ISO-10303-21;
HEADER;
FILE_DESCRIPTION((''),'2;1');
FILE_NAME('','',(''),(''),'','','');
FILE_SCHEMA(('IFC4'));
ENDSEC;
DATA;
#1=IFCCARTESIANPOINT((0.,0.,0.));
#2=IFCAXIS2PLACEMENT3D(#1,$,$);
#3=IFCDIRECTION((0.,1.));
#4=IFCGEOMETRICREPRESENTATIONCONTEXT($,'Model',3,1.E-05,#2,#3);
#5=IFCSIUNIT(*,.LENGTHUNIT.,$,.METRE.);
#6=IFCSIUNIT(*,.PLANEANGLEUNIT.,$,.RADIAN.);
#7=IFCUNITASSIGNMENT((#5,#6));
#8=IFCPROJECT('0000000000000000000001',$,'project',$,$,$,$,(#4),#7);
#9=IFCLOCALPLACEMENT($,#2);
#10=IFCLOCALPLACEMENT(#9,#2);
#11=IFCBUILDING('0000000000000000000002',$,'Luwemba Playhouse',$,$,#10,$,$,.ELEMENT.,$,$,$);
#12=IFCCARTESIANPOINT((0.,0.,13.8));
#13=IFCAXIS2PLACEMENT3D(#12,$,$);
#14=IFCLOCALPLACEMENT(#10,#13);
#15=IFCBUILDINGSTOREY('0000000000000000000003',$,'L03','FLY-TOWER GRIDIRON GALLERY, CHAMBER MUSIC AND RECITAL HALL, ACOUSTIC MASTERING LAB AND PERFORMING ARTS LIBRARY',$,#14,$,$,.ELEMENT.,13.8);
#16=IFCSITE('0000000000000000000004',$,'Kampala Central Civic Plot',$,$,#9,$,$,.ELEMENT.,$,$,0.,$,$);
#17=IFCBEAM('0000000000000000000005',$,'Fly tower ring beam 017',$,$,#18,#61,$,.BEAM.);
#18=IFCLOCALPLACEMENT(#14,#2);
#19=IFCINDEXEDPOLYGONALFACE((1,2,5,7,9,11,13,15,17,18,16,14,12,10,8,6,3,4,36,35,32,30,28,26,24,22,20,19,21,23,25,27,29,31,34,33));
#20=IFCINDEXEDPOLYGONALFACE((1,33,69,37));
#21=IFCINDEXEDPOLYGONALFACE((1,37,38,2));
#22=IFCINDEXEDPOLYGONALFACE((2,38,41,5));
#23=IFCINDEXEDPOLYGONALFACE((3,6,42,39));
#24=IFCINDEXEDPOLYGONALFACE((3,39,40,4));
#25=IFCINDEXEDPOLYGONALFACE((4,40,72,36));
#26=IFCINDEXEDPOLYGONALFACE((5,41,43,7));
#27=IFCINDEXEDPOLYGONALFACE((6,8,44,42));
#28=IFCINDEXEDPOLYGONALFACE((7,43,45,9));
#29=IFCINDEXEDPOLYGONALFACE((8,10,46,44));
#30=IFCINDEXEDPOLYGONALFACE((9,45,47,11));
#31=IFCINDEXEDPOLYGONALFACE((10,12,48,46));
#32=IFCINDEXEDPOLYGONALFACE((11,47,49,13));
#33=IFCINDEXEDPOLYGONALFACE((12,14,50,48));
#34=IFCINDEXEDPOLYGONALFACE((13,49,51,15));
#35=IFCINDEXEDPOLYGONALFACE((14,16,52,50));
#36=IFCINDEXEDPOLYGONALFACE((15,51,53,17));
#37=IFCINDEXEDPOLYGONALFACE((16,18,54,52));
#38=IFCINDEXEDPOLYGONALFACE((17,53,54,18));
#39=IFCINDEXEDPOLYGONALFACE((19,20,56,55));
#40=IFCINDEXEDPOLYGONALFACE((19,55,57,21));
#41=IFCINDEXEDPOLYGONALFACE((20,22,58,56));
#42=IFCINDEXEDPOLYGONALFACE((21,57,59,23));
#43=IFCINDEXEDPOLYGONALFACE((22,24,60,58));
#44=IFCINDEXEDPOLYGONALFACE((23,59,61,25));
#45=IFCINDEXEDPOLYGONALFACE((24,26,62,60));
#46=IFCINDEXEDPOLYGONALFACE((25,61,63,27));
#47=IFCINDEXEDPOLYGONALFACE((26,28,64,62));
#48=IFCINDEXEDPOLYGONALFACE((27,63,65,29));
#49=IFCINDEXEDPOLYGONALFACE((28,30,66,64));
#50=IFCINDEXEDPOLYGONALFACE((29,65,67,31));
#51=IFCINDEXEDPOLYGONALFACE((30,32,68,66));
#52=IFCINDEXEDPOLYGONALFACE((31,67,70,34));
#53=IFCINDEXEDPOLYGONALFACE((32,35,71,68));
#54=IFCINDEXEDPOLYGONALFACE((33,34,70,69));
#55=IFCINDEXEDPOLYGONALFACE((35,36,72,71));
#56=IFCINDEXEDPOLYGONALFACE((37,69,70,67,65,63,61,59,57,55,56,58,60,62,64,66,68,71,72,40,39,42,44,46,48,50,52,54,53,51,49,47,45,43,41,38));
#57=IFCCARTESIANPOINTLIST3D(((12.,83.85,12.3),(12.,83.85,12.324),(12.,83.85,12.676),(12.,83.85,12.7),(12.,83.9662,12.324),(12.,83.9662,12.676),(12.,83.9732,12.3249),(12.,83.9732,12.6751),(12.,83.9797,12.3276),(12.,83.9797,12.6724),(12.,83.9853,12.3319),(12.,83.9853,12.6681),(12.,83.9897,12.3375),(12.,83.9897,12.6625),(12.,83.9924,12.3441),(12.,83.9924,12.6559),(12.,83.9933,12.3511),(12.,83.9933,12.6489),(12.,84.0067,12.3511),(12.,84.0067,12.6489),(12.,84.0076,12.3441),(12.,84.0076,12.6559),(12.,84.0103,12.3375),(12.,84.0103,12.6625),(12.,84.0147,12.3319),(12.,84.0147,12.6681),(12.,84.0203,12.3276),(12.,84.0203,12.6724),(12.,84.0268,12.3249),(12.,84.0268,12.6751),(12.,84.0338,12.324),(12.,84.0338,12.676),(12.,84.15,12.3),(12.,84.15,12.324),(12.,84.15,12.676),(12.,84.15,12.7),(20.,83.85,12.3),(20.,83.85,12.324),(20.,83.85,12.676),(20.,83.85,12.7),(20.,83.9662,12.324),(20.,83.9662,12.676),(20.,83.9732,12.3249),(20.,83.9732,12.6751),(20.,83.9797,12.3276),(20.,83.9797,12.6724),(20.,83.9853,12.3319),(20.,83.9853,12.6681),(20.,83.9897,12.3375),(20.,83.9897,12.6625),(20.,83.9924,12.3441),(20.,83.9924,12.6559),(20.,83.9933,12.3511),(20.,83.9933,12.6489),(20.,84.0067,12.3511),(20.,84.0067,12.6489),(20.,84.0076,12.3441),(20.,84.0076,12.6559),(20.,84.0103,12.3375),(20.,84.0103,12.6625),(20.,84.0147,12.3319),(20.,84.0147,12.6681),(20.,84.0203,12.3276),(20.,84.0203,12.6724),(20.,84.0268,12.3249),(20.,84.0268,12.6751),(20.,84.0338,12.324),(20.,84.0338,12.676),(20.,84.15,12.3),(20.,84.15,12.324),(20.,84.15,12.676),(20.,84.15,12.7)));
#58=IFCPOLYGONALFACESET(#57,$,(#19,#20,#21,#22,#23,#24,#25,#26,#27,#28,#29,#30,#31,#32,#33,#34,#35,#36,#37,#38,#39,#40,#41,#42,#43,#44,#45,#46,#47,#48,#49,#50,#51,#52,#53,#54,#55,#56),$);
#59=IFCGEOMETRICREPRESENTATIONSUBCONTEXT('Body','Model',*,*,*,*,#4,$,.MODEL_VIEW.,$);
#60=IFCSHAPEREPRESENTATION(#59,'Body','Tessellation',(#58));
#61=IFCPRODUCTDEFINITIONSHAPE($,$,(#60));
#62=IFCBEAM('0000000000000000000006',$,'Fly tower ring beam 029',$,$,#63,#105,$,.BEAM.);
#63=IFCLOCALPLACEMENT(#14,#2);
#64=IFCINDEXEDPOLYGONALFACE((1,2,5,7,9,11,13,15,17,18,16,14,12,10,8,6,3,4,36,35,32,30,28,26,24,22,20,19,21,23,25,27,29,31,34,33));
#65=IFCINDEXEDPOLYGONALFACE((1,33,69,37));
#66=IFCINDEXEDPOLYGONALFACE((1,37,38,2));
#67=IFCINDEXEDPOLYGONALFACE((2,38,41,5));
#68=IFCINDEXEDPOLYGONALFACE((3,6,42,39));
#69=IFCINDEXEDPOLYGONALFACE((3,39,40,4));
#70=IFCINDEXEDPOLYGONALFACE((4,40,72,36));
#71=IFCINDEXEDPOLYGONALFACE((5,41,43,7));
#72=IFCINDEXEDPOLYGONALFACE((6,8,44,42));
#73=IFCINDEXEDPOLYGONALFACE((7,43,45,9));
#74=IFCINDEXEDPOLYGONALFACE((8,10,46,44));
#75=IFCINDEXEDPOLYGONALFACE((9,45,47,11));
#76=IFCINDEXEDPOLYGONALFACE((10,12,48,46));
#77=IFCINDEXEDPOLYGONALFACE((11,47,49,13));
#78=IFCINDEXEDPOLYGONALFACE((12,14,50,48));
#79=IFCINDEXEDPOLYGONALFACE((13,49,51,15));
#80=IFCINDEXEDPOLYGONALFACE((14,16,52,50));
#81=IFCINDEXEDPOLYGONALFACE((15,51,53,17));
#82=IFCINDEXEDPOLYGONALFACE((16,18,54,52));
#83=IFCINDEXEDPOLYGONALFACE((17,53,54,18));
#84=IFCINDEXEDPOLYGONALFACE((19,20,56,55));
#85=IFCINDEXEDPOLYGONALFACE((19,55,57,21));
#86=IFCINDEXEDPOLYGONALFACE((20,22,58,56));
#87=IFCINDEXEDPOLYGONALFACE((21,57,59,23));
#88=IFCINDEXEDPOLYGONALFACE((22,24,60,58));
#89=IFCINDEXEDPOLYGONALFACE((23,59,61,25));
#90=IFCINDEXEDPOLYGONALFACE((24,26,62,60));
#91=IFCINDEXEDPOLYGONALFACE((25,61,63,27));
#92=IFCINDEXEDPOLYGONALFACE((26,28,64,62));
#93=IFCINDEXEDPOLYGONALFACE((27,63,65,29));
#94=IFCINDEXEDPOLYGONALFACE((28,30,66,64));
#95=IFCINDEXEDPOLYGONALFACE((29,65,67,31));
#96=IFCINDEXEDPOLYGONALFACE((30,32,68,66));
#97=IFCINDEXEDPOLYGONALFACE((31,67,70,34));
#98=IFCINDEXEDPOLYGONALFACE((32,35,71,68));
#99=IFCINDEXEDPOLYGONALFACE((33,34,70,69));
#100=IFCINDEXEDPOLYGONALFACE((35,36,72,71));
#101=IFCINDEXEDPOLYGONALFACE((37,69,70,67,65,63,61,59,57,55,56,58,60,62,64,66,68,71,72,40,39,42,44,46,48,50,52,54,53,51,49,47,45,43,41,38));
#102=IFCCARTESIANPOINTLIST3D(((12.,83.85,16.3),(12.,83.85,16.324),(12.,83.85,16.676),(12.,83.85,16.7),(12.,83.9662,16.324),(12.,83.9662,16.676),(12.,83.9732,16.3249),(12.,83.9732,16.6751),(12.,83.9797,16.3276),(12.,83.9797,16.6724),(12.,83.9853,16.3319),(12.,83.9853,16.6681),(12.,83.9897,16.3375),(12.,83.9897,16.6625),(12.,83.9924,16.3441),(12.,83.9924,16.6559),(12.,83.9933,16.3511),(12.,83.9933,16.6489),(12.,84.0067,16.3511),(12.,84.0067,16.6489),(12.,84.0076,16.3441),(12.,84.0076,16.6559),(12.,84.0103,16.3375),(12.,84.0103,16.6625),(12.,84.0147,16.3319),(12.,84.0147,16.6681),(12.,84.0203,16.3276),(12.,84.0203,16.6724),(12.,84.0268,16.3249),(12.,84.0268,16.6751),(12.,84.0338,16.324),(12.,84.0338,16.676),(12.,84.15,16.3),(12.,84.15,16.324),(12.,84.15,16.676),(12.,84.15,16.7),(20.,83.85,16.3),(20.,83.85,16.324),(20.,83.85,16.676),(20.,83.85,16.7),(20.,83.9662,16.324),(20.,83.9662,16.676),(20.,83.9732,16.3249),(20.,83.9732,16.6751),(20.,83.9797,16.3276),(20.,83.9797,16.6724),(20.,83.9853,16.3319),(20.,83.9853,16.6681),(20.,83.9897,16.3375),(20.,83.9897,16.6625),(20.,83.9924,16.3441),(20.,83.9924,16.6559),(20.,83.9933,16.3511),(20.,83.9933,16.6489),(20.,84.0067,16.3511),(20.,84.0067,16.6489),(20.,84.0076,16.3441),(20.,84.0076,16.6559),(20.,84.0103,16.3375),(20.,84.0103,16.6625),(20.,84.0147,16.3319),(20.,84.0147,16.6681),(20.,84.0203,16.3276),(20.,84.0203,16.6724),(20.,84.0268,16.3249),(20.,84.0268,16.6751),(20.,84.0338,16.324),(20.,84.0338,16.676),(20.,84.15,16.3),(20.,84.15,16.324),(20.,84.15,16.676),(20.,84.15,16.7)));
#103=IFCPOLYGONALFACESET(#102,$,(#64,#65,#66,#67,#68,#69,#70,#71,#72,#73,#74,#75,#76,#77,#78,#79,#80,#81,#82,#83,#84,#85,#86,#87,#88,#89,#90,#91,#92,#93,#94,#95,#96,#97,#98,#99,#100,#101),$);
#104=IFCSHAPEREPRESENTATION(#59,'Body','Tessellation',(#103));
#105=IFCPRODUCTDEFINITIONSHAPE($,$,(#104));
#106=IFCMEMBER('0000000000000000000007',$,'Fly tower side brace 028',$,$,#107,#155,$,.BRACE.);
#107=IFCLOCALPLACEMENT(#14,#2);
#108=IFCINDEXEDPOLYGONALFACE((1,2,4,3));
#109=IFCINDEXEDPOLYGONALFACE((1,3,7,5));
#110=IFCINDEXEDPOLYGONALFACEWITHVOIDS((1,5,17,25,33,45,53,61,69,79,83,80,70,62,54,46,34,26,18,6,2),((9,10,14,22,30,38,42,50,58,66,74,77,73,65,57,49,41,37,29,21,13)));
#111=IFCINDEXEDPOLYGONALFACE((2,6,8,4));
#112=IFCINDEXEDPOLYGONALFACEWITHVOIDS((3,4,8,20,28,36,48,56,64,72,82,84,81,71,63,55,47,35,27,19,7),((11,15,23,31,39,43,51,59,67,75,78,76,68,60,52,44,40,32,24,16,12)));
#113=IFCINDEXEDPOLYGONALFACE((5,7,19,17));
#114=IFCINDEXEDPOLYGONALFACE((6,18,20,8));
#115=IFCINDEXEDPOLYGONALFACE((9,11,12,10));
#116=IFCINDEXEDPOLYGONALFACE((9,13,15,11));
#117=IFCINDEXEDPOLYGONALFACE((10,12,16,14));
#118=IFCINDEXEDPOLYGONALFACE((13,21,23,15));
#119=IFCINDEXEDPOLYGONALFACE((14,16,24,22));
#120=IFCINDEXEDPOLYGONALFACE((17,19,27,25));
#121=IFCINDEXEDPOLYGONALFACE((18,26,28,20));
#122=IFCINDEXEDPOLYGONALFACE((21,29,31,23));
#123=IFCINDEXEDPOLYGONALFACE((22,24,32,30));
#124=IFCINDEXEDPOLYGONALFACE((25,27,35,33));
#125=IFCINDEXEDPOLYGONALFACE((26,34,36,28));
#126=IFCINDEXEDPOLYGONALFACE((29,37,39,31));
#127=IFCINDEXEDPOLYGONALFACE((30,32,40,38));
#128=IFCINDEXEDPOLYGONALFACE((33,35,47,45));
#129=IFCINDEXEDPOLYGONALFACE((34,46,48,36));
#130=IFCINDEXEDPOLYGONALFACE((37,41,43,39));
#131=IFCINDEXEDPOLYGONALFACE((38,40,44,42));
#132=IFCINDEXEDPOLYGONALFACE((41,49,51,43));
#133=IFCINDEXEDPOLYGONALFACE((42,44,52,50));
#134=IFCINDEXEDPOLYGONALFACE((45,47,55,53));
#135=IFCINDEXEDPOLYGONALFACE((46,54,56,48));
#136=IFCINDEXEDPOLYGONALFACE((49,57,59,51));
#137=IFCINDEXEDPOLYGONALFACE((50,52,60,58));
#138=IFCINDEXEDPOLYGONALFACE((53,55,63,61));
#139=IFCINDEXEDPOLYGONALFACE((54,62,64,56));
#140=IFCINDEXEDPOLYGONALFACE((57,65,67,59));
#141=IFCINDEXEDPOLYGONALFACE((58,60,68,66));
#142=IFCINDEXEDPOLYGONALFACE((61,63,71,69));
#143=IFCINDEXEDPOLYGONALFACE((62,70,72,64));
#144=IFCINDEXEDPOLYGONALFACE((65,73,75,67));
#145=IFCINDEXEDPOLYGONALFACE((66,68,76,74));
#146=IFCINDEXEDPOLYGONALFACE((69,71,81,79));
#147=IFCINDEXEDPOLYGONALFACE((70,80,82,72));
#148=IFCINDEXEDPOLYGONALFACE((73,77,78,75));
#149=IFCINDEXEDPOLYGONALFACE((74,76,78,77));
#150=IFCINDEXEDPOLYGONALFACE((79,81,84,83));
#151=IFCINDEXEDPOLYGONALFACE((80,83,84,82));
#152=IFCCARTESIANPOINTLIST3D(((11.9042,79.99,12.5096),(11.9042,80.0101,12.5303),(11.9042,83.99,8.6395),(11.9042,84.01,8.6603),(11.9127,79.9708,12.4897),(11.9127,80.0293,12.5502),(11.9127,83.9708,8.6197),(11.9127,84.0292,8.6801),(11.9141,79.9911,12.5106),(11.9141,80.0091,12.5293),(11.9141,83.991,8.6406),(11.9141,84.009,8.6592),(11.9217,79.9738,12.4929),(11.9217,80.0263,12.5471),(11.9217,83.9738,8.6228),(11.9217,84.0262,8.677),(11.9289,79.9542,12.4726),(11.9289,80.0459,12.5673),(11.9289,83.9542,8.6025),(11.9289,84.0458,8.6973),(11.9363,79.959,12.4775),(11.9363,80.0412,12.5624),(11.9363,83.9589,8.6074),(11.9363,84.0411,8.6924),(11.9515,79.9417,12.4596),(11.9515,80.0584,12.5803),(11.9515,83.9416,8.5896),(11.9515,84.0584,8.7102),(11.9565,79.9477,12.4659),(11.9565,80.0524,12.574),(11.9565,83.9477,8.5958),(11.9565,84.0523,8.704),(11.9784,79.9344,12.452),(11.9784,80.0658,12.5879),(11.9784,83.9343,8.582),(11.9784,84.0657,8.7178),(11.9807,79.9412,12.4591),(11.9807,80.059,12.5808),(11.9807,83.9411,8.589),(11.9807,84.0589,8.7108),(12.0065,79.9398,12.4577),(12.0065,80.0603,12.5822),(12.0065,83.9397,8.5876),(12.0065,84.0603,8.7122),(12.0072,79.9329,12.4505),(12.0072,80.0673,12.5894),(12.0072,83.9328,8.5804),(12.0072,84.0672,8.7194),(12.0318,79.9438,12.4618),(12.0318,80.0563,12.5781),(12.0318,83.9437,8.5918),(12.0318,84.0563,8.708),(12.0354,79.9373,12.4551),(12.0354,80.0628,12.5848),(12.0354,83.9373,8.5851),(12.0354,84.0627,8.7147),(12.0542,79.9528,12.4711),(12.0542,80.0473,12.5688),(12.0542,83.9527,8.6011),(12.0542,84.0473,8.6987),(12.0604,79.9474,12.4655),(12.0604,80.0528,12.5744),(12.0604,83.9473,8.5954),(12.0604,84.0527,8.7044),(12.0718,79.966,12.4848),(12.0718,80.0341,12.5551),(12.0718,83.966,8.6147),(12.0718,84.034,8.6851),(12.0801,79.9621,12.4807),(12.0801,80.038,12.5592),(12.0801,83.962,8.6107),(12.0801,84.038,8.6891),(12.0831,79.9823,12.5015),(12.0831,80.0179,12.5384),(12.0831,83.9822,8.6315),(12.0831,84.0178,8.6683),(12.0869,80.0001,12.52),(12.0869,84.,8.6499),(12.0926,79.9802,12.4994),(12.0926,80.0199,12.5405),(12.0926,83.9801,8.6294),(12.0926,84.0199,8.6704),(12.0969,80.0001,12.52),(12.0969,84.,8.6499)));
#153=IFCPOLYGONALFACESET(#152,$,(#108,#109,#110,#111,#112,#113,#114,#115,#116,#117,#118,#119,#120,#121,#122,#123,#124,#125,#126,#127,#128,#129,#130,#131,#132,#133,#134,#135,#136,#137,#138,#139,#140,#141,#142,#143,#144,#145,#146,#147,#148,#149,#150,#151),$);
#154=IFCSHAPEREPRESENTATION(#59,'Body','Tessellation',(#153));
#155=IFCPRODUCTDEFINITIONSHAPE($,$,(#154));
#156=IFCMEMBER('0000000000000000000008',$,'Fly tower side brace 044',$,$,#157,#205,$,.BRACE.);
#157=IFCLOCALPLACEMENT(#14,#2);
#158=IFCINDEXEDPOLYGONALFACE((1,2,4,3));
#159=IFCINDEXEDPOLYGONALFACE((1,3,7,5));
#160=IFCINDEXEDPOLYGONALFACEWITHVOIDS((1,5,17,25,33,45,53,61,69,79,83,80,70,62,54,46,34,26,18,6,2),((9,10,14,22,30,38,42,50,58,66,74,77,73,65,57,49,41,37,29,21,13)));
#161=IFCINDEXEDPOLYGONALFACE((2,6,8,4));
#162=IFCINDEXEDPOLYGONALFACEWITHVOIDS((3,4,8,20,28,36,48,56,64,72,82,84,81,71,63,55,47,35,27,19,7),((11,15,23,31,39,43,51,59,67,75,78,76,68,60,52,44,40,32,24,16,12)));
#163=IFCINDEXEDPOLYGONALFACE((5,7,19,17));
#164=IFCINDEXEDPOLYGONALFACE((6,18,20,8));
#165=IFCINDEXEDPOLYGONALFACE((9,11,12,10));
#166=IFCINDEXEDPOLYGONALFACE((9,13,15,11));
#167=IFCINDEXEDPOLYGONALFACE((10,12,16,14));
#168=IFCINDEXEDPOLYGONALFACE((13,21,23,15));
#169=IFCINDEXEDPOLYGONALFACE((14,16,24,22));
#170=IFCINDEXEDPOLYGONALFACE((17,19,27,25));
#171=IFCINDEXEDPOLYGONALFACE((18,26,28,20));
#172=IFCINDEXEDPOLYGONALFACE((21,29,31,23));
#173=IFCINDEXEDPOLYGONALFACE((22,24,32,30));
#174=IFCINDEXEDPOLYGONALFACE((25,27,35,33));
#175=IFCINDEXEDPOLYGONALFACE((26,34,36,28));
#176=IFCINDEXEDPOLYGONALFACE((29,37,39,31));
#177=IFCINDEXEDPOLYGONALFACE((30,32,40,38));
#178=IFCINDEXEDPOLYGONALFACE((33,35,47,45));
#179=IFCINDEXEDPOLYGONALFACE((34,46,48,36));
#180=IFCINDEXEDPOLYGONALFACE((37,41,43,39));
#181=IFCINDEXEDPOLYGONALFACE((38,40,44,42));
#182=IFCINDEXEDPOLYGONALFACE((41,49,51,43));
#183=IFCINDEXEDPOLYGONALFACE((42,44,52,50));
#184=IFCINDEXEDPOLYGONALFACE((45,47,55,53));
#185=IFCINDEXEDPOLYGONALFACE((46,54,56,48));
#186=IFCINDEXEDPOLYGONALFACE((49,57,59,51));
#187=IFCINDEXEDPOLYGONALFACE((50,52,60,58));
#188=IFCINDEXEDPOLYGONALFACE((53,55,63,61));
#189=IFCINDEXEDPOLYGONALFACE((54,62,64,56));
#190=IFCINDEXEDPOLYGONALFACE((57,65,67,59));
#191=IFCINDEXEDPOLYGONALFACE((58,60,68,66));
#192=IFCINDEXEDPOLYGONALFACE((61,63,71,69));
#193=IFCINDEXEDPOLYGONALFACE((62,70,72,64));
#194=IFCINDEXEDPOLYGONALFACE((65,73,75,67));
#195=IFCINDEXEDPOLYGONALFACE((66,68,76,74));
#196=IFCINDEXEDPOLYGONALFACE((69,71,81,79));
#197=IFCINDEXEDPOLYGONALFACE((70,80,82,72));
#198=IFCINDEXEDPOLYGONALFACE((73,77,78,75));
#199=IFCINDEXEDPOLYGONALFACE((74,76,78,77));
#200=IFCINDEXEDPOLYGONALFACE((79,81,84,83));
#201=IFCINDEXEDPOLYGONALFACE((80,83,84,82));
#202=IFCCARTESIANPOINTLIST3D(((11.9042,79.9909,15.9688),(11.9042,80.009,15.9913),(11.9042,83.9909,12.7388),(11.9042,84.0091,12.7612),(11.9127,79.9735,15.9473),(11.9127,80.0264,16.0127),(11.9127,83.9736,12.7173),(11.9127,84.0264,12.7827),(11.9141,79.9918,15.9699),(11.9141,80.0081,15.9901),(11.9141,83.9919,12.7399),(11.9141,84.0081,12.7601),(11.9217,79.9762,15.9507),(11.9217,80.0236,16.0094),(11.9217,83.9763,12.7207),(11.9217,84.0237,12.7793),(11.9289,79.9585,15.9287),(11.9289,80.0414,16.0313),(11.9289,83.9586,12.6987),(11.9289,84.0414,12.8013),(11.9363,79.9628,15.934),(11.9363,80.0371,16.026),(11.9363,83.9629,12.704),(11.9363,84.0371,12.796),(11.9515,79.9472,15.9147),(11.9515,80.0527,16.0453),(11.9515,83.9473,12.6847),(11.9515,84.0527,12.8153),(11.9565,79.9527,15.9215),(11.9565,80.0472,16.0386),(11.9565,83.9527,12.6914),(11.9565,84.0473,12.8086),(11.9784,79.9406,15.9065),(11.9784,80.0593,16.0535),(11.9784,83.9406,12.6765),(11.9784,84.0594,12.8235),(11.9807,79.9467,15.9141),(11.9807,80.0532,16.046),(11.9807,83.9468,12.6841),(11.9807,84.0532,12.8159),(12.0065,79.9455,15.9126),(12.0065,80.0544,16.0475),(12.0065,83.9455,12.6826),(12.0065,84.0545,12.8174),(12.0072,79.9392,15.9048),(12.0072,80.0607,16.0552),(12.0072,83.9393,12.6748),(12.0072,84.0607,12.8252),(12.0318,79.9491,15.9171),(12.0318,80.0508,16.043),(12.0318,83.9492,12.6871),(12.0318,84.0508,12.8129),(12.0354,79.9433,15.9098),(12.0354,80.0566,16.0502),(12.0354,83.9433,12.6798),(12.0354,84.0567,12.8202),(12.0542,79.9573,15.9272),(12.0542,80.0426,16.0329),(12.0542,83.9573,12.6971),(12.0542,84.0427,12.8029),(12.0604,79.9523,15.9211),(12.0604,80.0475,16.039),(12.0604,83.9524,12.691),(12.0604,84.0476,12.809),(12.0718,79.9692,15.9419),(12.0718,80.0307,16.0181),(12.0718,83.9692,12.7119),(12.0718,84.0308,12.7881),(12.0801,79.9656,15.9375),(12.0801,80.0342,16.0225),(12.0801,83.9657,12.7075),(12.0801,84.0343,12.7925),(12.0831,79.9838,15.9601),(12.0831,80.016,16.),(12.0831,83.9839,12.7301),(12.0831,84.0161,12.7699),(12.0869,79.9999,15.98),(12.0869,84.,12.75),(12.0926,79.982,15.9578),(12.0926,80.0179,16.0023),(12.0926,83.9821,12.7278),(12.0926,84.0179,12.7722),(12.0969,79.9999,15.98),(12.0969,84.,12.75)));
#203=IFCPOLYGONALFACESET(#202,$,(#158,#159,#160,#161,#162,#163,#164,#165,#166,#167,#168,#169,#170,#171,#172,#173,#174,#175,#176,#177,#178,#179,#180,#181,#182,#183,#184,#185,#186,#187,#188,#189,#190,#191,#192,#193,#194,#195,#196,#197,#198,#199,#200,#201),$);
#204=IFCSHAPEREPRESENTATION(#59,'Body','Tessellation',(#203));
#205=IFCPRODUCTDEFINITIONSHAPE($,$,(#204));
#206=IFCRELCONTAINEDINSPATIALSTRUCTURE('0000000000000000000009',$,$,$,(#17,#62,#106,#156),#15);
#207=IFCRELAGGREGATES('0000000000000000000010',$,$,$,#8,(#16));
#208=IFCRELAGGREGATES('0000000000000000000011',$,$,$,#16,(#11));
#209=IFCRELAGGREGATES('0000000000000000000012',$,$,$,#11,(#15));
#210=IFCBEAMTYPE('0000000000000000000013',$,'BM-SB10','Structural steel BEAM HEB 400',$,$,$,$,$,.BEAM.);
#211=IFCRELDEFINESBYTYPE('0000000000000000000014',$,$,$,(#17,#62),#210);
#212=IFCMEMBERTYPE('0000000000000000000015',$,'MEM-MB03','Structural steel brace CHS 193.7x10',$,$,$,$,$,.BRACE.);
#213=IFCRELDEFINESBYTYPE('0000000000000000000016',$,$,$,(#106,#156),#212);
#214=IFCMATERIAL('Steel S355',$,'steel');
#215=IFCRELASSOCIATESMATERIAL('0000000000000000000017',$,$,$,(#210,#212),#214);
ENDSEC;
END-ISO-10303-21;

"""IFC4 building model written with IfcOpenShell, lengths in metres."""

from ifc_helpers import new_model, si_unit, direction, frame, origin, origin_2d, place, context, subcontext, project, spatial, hollow_circle, i_section, extrude, material, material_profile, profile_set, type_object, element, save


model = new_model("IFC4")

# Units and contexts
model_context = context("Model", 3, precision=1e-05, world=origin(), true_north=direction((0.0, 1.0)))
body_context = subcontext(model_context, "Body", "Model", "MODEL_VIEW")
ifc_project = project(units=[si_unit("LENGTHUNIT", "METRE"), si_unit("PLANEANGLEUNIT", "RADIAN")], contexts=[model_context])

# Site, building, storey
site_placement = place(None, origin())
site = spatial("IfcSite", under=ifc_project, at=site_placement, Name="Kampala Central Civic Plot", CompositionType="ELEMENT", RefElevation=0.0)
building_placement = place(site_placement, origin())
building = spatial("IfcBuilding", under=site, at=building_placement, Name="Luwemba Playhouse", CompositionType="ELEMENT")
storey_placement = place(building_placement, frame((0.0, 0.0, 13.8)))
storey = spatial("IfcBuildingStorey", under=building, at=storey_placement, Name="L03", Description="FLY-TOWER GRIDIRON GALLERY, CHAMBER MUSIC AND RECITAL HALL, ACOUSTIC MASTERING LAB AND PERFORMING ARTS LIBRARY", CompositionType="ELEMENT", Elevation=13.8)

# Shared definitions
ifc_material_1 = material(Name="Steel S355", Category="steel")

# Beams
ifc_material_profile_1 = material_profile(ifc_material_1, i_section(OverallWidth=0.3, OverallDepth=0.3999, WebThickness=0.0134, FlangeThickness=0.0239, FilletRadius=0.0271, at=origin_2d()))
ifc_profile_set_1 = profile_set([ifc_material_profile_1], Name="Steel S355")
beam_type = type_object("IfcBeamType", Name="BM-SB10", Description="Structural steel BEAM HEB 400", PredefinedType="BEAM", material=ifc_profile_set_1)
for number, where, z_axis, x_axis, name in (
    (1, (12.0, 84.0, 12.5), (1.0, 0.0, 0.0), (0.0, 1.0, 0.0), "Fly tower ring beam 017"),
    (2, (12.0, 84.0, 16.5), (1.0, 0.0, 0.0), (0.0, 1.0, 0.0), "Fly tower ring beam 029"),
):
    element("IfcBeam", number, at=place(storey_placement, frame(where, z_axis=z_axis, x_axis=x_axis)), inside=storey, type_object=beam_type, Name=name, PredefinedType="BEAM", context=body_context, shape_type="SweptSolid", body=[
        extrude(i_section(OverallWidth=0.3, OverallDepth=0.3999, WebThickness=0.0134, FlangeThickness=0.0239, FilletRadius=0.0271, at=origin_2d()), origin(), (0.0, 0.0, 1.0), 8.0),
    ])

# Members
ifc_material_profile_2 = material_profile(ifc_material_1, hollow_circle(Radius=0.0969, WallThickness=0.01, at=origin_2d()))
ifc_profile_set_2 = profile_set([ifc_material_profile_2], Name="Steel S355")
member_type_1 = type_object("IfcMemberType", Name="MEM-MB03", Description="Structural steel brace CHS 193.7x10", PredefinedType="BRACE", material=ifc_profile_set_2)
member_1_placement = place(storey_placement, frame((12.0, 84.0, 8.6499), z_axis=(0.0, -0.718679, 0.695343), x_axis=(1.0, 0.0, 0.0)))
element("IfcMember", 3, at=member_1_placement, inside=storey, type_object=member_type_1, Name="Fly tower side brace 028", PredefinedType="BRACE", context=body_context, shape_type="SweptSolid", body=[
    extrude(hollow_circle(Radius=0.0969, WallThickness=0.01, at=origin_2d()), origin(), (0.0, 0.0, 1.0), 5.5657),
])
member_2_placement = place(storey_placement, frame((12.0, 84.0, 12.75), z_axis=(0.0, -0.778016, 0.628244), x_axis=(1.0, 0.0, 0.0)))
element("IfcMember", 4, at=member_2_placement, inside=storey, type_object=member_type_1, Name="Fly tower side brace 044", PredefinedType="BRACE", context=body_context, shape_type="SweptSolid", body=[
    extrude(hollow_circle(Radius=0.0969, WallThickness=0.01, at=origin_2d()), origin(), (0.0, 0.0, 1.0), 5.1414),
])

save(model, "model.ifc")
